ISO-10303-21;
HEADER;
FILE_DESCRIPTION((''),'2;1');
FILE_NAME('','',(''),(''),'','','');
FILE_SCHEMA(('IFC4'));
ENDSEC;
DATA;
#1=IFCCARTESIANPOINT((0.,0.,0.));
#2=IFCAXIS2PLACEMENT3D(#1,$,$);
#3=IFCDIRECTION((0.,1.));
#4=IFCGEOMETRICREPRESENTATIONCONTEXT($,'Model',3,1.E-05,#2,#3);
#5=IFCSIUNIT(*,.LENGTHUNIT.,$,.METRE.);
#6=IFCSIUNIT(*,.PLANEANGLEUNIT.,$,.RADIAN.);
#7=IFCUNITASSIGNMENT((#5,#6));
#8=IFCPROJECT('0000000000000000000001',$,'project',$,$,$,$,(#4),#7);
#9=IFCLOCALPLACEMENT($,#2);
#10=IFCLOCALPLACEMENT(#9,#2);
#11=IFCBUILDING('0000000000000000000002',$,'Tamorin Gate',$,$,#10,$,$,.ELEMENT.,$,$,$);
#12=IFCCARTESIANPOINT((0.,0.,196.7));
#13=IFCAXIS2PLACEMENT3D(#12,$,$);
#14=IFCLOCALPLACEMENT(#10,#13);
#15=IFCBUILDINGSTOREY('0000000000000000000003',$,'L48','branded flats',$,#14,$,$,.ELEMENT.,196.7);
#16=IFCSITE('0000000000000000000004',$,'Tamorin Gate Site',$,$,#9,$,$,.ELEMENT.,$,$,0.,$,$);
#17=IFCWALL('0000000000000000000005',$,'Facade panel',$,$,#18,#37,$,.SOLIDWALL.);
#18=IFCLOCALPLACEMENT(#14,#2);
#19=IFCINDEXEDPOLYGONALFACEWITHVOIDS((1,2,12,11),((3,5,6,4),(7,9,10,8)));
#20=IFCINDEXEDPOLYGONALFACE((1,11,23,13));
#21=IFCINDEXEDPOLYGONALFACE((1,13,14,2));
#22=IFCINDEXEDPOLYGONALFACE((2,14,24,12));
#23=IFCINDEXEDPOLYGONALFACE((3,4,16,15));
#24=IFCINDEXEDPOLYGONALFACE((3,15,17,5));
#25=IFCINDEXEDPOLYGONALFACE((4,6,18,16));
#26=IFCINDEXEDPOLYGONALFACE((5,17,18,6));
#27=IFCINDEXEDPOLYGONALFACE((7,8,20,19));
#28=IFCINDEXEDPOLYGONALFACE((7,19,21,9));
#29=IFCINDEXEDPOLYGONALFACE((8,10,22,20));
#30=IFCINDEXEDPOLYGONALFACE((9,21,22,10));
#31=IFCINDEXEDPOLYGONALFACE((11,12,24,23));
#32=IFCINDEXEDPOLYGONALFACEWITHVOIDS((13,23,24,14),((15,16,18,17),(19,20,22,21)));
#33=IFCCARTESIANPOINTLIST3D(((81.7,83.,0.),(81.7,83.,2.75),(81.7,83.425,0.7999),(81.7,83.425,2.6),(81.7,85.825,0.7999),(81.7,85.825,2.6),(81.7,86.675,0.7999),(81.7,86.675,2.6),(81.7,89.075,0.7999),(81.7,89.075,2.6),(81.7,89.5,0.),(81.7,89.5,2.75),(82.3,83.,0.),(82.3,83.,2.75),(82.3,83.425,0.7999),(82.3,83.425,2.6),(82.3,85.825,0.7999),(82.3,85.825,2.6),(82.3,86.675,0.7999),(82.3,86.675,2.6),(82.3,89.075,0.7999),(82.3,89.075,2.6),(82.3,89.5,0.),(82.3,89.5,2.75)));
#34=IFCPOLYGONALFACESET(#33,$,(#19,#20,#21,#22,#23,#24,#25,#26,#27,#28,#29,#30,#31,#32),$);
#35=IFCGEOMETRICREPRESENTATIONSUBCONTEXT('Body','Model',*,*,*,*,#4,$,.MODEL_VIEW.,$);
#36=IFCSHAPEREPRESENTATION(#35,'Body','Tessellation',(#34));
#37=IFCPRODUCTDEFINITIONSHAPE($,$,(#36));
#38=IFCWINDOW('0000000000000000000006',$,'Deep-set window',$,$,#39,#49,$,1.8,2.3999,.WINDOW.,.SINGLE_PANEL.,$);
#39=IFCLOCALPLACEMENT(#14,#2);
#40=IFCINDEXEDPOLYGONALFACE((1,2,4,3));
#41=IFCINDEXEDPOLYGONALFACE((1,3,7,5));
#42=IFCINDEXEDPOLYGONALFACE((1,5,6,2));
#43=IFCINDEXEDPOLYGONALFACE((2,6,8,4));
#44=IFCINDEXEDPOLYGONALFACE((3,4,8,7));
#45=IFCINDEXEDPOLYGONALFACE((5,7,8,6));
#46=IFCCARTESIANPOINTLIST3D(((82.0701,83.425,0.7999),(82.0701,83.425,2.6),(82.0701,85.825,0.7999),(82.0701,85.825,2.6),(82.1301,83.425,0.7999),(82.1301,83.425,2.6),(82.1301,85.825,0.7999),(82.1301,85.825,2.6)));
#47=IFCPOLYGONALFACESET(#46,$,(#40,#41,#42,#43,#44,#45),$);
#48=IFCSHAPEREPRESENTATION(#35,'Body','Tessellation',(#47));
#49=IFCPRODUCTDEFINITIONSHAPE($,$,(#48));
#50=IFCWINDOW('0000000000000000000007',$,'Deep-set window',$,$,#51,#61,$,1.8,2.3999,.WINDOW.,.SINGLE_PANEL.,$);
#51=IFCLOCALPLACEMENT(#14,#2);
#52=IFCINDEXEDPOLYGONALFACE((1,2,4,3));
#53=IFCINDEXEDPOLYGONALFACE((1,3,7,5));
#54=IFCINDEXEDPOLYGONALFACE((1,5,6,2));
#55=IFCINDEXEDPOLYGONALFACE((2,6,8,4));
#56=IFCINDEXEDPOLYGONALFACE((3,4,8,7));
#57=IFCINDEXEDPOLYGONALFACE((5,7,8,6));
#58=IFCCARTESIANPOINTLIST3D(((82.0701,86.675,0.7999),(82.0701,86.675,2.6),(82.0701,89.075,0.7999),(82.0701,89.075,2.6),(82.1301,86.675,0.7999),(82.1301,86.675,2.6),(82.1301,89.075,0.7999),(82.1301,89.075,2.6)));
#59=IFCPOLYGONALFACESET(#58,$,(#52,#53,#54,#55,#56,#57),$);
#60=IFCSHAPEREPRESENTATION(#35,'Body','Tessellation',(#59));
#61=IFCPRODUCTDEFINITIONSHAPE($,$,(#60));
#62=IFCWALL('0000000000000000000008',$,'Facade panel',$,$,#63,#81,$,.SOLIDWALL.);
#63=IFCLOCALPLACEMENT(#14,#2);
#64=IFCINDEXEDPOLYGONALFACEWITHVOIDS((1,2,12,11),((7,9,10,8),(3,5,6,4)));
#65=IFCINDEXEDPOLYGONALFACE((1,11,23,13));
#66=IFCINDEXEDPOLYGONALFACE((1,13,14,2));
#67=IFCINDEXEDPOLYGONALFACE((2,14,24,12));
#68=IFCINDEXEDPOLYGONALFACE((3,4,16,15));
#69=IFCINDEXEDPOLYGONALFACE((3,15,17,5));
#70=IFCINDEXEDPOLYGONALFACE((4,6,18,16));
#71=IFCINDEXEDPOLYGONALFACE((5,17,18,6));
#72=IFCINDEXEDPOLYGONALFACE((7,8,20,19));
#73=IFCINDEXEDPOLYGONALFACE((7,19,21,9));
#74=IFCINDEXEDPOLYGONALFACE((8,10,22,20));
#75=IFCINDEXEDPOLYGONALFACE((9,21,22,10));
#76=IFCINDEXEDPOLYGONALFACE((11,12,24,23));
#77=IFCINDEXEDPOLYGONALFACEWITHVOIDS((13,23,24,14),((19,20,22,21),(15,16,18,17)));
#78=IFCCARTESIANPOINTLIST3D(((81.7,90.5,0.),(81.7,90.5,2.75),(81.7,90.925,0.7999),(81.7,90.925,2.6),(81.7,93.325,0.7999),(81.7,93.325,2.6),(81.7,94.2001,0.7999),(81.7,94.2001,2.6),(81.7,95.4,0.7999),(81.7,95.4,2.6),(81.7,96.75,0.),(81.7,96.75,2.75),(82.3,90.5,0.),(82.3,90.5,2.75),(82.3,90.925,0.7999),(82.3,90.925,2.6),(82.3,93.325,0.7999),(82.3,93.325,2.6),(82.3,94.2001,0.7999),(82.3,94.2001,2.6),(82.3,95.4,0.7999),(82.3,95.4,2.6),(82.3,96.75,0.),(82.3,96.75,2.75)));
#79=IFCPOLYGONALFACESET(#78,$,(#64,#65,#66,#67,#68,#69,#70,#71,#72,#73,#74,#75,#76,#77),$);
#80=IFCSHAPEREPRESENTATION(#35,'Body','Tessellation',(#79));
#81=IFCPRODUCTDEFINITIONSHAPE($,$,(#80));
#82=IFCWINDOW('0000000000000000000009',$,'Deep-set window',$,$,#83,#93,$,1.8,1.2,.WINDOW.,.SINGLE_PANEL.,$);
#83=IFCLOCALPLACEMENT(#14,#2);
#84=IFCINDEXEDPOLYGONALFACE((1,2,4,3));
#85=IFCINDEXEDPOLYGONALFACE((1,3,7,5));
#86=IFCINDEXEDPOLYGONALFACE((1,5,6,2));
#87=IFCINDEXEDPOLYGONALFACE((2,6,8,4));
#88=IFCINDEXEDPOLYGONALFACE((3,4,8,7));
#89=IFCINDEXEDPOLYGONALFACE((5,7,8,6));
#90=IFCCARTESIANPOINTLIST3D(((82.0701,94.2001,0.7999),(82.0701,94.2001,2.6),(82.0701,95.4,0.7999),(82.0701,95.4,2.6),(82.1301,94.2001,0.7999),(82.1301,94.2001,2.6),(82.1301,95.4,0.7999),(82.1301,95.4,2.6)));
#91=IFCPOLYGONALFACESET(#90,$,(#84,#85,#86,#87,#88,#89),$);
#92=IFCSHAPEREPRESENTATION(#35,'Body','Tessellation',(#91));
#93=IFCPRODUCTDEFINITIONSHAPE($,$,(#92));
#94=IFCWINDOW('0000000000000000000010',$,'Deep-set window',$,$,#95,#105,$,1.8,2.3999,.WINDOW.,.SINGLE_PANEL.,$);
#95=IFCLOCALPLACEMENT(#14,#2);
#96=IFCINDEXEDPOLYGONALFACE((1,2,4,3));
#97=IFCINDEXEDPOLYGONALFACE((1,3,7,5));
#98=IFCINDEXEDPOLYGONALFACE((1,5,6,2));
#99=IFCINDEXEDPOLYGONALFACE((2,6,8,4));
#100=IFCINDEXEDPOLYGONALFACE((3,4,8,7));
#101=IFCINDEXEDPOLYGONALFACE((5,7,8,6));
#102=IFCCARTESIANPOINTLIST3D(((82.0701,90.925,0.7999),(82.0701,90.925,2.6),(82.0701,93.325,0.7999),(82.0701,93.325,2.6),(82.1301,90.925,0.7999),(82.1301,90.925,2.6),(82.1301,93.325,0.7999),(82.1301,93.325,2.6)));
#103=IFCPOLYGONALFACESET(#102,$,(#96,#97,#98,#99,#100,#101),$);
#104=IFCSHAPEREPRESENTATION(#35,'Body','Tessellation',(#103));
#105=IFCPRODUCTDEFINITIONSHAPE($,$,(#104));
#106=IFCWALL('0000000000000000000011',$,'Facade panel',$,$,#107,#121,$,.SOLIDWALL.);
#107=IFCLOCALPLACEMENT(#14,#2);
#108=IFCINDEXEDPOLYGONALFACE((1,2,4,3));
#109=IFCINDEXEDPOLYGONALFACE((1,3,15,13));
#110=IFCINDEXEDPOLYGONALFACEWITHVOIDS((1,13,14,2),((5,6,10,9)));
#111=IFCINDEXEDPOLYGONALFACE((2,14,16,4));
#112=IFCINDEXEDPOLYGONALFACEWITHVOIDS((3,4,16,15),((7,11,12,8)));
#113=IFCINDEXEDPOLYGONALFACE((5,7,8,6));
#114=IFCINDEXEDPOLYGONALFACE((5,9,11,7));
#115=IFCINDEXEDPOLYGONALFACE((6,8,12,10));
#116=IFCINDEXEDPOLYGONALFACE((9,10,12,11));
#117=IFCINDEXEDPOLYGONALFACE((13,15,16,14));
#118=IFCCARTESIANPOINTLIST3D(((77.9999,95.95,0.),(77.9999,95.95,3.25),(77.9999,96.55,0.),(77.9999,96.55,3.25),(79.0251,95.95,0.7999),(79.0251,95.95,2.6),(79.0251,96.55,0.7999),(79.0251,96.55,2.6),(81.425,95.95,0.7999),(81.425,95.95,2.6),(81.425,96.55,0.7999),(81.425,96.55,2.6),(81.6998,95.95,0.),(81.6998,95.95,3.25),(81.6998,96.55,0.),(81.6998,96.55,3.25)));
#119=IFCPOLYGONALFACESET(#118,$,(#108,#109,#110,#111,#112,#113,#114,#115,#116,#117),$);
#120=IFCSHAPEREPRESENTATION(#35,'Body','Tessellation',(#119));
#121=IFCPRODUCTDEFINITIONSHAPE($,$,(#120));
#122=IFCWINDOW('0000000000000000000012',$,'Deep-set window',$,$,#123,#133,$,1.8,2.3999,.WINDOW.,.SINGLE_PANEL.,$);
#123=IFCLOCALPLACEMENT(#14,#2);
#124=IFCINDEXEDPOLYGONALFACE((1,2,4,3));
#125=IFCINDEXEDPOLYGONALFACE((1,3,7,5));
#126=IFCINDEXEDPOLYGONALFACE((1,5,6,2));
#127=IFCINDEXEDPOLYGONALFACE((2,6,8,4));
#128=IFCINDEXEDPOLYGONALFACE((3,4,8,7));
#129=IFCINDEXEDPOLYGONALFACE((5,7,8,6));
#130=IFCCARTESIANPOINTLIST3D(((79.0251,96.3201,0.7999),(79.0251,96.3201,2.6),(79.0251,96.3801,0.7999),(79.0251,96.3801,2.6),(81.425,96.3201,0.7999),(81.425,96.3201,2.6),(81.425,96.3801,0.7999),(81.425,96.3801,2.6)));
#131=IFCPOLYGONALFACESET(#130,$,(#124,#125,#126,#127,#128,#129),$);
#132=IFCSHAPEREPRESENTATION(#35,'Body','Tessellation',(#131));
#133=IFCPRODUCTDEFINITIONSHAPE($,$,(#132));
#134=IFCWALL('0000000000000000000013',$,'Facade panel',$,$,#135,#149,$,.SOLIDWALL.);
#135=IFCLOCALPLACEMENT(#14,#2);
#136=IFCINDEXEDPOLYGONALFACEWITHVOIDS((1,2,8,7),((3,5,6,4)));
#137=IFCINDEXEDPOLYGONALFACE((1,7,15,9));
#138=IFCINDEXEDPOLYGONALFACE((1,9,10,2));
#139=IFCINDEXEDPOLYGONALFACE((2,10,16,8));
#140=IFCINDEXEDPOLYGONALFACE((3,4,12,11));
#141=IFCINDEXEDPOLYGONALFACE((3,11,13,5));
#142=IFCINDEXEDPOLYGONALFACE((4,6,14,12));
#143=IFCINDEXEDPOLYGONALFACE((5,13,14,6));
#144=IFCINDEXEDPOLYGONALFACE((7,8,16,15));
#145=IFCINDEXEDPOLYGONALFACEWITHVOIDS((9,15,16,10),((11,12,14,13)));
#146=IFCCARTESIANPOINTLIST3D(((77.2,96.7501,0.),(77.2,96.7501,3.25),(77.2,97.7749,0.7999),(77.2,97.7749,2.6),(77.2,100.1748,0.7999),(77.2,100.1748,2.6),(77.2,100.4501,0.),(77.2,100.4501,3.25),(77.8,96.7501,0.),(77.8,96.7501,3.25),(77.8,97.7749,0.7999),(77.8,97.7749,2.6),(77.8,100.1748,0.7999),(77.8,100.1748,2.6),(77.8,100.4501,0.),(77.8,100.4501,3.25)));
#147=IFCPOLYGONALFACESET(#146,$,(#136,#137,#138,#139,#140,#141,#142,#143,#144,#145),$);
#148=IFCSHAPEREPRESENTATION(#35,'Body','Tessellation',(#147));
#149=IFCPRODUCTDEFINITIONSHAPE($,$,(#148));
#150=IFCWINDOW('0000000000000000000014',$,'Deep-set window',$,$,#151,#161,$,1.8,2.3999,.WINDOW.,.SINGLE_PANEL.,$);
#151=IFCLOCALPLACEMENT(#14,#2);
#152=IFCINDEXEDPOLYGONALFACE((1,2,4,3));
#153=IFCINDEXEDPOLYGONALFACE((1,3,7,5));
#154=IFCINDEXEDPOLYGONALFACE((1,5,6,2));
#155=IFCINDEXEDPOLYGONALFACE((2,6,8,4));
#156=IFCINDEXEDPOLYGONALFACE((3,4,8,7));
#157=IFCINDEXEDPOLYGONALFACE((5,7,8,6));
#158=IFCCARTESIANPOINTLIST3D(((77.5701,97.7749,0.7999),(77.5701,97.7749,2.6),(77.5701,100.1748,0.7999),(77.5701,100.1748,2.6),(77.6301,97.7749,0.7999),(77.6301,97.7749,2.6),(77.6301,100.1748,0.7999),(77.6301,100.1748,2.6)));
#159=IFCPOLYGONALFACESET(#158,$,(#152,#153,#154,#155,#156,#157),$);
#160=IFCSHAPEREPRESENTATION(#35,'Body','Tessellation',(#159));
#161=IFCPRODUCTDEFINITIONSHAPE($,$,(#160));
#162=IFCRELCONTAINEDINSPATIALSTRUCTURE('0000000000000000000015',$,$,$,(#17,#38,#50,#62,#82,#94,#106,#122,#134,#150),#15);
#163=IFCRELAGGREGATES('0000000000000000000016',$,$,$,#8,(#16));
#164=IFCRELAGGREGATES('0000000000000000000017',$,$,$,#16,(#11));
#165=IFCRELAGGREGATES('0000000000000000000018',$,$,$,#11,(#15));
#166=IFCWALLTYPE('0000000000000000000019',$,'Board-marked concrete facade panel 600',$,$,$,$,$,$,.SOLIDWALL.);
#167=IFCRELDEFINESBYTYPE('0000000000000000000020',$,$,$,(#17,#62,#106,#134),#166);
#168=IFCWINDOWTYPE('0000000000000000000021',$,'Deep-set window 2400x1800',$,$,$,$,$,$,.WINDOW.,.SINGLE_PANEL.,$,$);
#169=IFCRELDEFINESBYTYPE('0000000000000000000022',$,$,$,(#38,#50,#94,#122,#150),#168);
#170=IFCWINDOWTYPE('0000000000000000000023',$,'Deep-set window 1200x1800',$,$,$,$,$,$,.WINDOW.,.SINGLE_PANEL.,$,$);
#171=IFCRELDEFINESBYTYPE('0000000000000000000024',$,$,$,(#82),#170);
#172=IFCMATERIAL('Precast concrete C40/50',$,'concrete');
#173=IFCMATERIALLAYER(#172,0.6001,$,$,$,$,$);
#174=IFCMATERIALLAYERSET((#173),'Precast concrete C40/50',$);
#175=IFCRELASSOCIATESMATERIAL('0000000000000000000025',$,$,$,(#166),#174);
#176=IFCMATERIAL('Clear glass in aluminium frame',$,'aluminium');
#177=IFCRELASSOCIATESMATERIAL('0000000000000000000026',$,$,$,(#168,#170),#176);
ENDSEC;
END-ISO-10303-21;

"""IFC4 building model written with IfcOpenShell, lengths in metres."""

from ifc_helpers import new_model, si_unit, direction, frame, frame_2d, origin, place, context, subcontext, project, spatial, rectangle, extrude, material, layer, layer_set, type_object, element, fill, save


model = new_model("IFC4")

# Units and contexts
model_context = context("Model", 3, precision=1e-05, world=origin(), true_north=direction((0.0, 1.0)))
body_context = subcontext(model_context, "Body", "Model", "MODEL_VIEW")
ifc_project = project(units=[si_unit("LENGTHUNIT", "METRE"), si_unit("PLANEANGLEUNIT", "RADIAN")], contexts=[model_context])

# Site, building, storey
site_placement = place(None, origin())
site = spatial("IfcSite", under=ifc_project, at=site_placement, Name="Tamorin Gate Site", CompositionType="ELEMENT", RefElevation=0.0)
building_placement = place(site_placement, origin())
building = spatial("IfcBuilding", under=site, at=building_placement, Name="Tamorin Gate", CompositionType="ELEMENT")
storey_placement = place(building_placement, frame((0.0, 0.0, 196.7)))
storey = spatial("IfcBuildingStorey", under=building, at=storey_placement, Name="L48", Description="branded flats", CompositionType="ELEMENT", Elevation=196.7)

# Walls, openings, windows
ifc_material_1 = material(Name="Precast concrete C40/50", Category="concrete")
ifc_layer = layer(ifc_material_1, 0.6001)
ifc_layer_set = layer_set([ifc_layer], Name="Precast concrete C40/50")
wall_type = type_object("IfcWallType", Name="Board-marked concrete facade panel 600", PredefinedType="SOLIDWALL", material=ifc_layer_set)
wall_1_placement = place(storey_placement, frame((82.0, 83.0, 0.0), z_axis=(0.0, 0.0, 1.0), x_axis=(0.0, 1.0, 0.0)))
wall_1 = element("IfcWall", 1, at=wall_1_placement, inside=storey, type_object=wall_type, Name="Facade panel", PredefinedType="SOLIDWALL", context=body_context, shape_type="SweptSolid", body=[
    extrude(rectangle(XDim=6.5, YDim=0.6001, at=frame_2d((3.25, 0.0))), origin(), (0.0, 0.0, 1.0), 2.75),
])
opening_1_placement = place(wall_1_placement, frame((0.425, 0.0, 0.8)))
opening_1 = element("IfcOpeningElement", 2, at=opening_1_placement, cuts=wall_1, PredefinedType="OPENING", context=body_context, shape_type="SweptSolid", body=[
    extrude(rectangle(XDim=2.3999, YDim=1.8, at=frame_2d((1.2, 0.8999))), frame((0.0, 0.3101, 0.0), z_axis=(0.0, -1.0, 0.0), x_axis=(1.0, 0.0, 0.0)), (0.0, 0.0, 1.0), 0.6201),
])
opening_2_placement = place(wall_1_placement, frame((3.675, 0.0, 0.8)))
opening_2 = element("IfcOpeningElement", 3, at=opening_2_placement, cuts=wall_1, PredefinedType="OPENING", context=body_context, shape_type="SweptSolid", body=[
    extrude(rectangle(XDim=2.3999, YDim=1.8, at=frame_2d((1.2, 0.8999))), frame((0.0, 0.3101, 0.0), z_axis=(0.0, -1.0, 0.0), x_axis=(1.0, 0.0, 0.0)), (0.0, 0.0, 1.0), 0.6201),
])
ifc_material_2 = material(Name="Clear glass in aluminium frame", Category="aluminium")
window_type_1 = type_object("IfcWindowType", Name="Deep-set window 2400x1800", PartitioningType="SINGLE_PANEL", PredefinedType="WINDOW", material=ifc_material_2)
window_1_placement = place(opening_1_placement, origin())
window_1 = element("IfcWindow", 4, at=window_1_placement, inside=storey, type_object=window_type_1, Name="Deep-set window", OverallHeight=1.8, OverallWidth=2.3999, PartitioningType="SINGLE_PANEL", PredefinedType="WINDOW", context=body_context, shape_type="SweptSolid", body=[
    extrude(rectangle(XDim=2.3999, YDim=1.8, at=frame_2d((1.2, 0.8999))), frame((0.0, -0.0701, 0.0), z_axis=(0.0, -1.0, 0.0), x_axis=(1.0, 0.0, 0.0)), (0.0, 0.0, 1.0), 0.0601),
])
fill(opening_1, window_1)
window_2_placement = place(opening_2_placement, origin())
window_2 = element("IfcWindow", 5, at=window_2_placement, inside=storey, type_object=window_type_1, Name="Deep-set window", OverallHeight=1.8, OverallWidth=2.3999, PartitioningType="SINGLE_PANEL", PredefinedType="WINDOW", context=body_context, shape_type="SweptSolid", body=[
    extrude(rectangle(XDim=2.3999, YDim=1.8, at=frame_2d((1.2, 0.8999))), frame((0.0, -0.0701, 0.0), z_axis=(0.0, -1.0, 0.0), x_axis=(1.0, 0.0, 0.0)), (0.0, 0.0, 1.0), 0.0601),
])
fill(opening_2, window_2)
wall_2_placement = place(storey_placement, frame((82.0, 90.5, 0.0), z_axis=(0.0, 0.0, 1.0), x_axis=(0.0, 1.0, 0.0)))
wall_2 = element("IfcWall", 6, at=wall_2_placement, inside=storey, type_object=wall_type, Name="Facade panel", PredefinedType="SOLIDWALL", context=body_context, shape_type="SweptSolid", body=[
    extrude(rectangle(XDim=6.25, YDim=0.6001, at=frame_2d((3.125, 0.0))), origin(), (0.0, 0.0, 1.0), 2.75),
])
opening_3_placement = place(wall_2_placement, frame((0.425, 0.0, 0.8)))
opening_3 = element("IfcOpeningElement", 7, at=opening_3_placement, cuts=wall_2, PredefinedType="OPENING", context=body_context, shape_type="SweptSolid", body=[
    extrude(rectangle(XDim=2.3999, YDim=1.8, at=frame_2d((1.2, 0.8999))), frame((0.0, 0.3101, 0.0), z_axis=(0.0, -1.0, 0.0), x_axis=(1.0, 0.0, 0.0)), (0.0, 0.0, 1.0), 0.6201),
])
opening_4_placement = place(wall_2_placement, frame((3.7, 0.0, 0.8)))
opening_4 = element("IfcOpeningElement", 8, at=opening_4_placement, cuts=wall_2, PredefinedType="OPENING", context=body_context, shape_type="SweptSolid", body=[
    extrude(rectangle(XDim=1.2, YDim=1.8, at=frame_2d((0.6001, 0.8999))), frame((0.0, 0.3101, 0.0), z_axis=(0.0, -1.0, 0.0), x_axis=(1.0, 0.0, 0.0)), (0.0, 0.0, 1.0), 0.6201),
])
window_type_2 = type_object("IfcWindowType", Name="Deep-set window 1200x1800", PartitioningType="SINGLE_PANEL", PredefinedType="WINDOW", material=ifc_material_2)
window_3_placement = place(opening_4_placement, origin())
window_3 = element("IfcWindow", 9, at=window_3_placement, inside=storey, type_object=window_type_2, Name="Deep-set window", OverallHeight=1.8, OverallWidth=1.2, PartitioningType="SINGLE_PANEL", PredefinedType="WINDOW", context=body_context, shape_type="SweptSolid", body=[
    extrude(rectangle(XDim=1.2, YDim=1.8, at=frame_2d((0.6001, 0.8999))), frame((0.0, -0.0701, 0.0), z_axis=(0.0, -1.0, 0.0), x_axis=(1.0, 0.0, 0.0)), (0.0, 0.0, 1.0), 0.0601),
])
fill(opening_4, window_3)
window_4_placement = place(opening_3_placement, origin())
window_4 = element("IfcWindow", 10, at=window_4_placement, inside=storey, type_object=window_type_1, Name="Deep-set window", OverallHeight=1.8, OverallWidth=2.3999, PartitioningType="SINGLE_PANEL", PredefinedType="WINDOW", context=body_context, shape_type="SweptSolid", body=[
    extrude(rectangle(XDim=2.3999, YDim=1.8, at=frame_2d((1.2, 0.8999))), frame((0.0, -0.0701, 0.0), z_axis=(0.0, -1.0, 0.0), x_axis=(1.0, 0.0, 0.0)), (0.0, 0.0, 1.0), 0.0601),
])
fill(opening_3, window_4)

# Walls, openings, windows
wall_3_placement = place(storey_placement, frame((81.7, 96.25, 0.0), z_axis=(0.0, 0.0, 1.0), x_axis=(-1.0, 0.0, 0.0)))
wall_3 = element("IfcWall", 11, at=wall_3_placement, inside=storey, type_object=wall_type, Name="Facade panel", PredefinedType="SOLIDWALL", context=body_context, shape_type="SweptSolid", body=[
    extrude(rectangle(XDim=3.7, YDim=0.6001, at=frame_2d((1.8501, 0.0))), origin(), (0.0, 0.0, 1.0), 3.25),
])
opening_5_placement = place(wall_3_placement, frame((0.2749, 0.0, 0.8)))
opening_5 = element("IfcOpeningElement", 12, at=opening_5_placement, cuts=wall_3, PredefinedType="OPENING", context=body_context, shape_type="SweptSolid", body=[
    extrude(rectangle(XDim=2.3999, YDim=1.8, at=frame_2d((1.2, 0.8999))), frame((0.0, 0.3101, 0.0), z_axis=(0.0, -1.0, 0.0), x_axis=(1.0, 0.0, 0.0)), (0.0, 0.0, 1.0), 0.6201),
])
window_5_placement = place(opening_5_placement, origin())
window_5 = element("IfcWindow", 13, at=window_5_placement, inside=storey, type_object=window_type_1, Name="Deep-set window", OverallHeight=1.8, OverallWidth=2.3999, PartitioningType="SINGLE_PANEL", PredefinedType="WINDOW", context=body_context, shape_type="SweptSolid", body=[
    extrude(rectangle(XDim=2.3999, YDim=1.8, at=frame_2d((1.2, 0.8999))), frame((0.0, -0.0701, 0.0), z_axis=(0.0, -1.0, 0.0), x_axis=(1.0, 0.0, 0.0)), (0.0, 0.0, 1.0), 0.0601),
])
fill(opening_5, window_5)
wall_4_placement = place(storey_placement, frame((77.5, 96.75, 0.0), z_axis=(0.0, 0.0, 1.0), x_axis=(0.0, 1.0, 0.0)))
wall_4 = element("IfcWall", 14, at=wall_4_placement, inside=storey, type_object=wall_type, Name="Facade panel", PredefinedType="SOLIDWALL", context=body_context, shape_type="SweptSolid", body=[
    extrude(rectangle(XDim=3.7, YDim=0.6001, at=frame_2d((1.8501, 0.0))), origin(), (0.0, 0.0, 1.0), 3.25),
])
opening_6_placement = place(wall_4_placement, frame((1.0249, 0.0, 0.8)))
opening_6 = element("IfcOpeningElement", 15, at=opening_6_placement, cuts=wall_4, PredefinedType="OPENING", context=body_context, shape_type="SweptSolid", body=[
    extrude(rectangle(XDim=2.3999, YDim=1.8, at=frame_2d((1.2, 0.8999))), frame((0.0, 0.3101, 0.0), z_axis=(0.0, -1.0, 0.0), x_axis=(1.0, 0.0, 0.0)), (0.0, 0.0, 1.0), 0.6201),
])
window_6_placement = place(opening_6_placement, origin())
window_6 = element("IfcWindow", 16, at=window_6_placement, inside=storey, type_object=window_type_1, Name="Deep-set window", OverallHeight=1.8, OverallWidth=2.3999, PartitioningType="SINGLE_PANEL", PredefinedType="WINDOW", context=body_context, shape_type="SweptSolid", body=[
    extrude(rectangle(XDim=2.3999, YDim=1.8, at=frame_2d((1.2, 0.8999))), frame((0.0, -0.0701, 0.0), z_axis=(0.0, -1.0, 0.0), x_axis=(1.0, 0.0, 0.0)), (0.0, 0.0, 1.0), 0.0601),
])
fill(opening_6, window_6)

save(model, "model.ifc")
